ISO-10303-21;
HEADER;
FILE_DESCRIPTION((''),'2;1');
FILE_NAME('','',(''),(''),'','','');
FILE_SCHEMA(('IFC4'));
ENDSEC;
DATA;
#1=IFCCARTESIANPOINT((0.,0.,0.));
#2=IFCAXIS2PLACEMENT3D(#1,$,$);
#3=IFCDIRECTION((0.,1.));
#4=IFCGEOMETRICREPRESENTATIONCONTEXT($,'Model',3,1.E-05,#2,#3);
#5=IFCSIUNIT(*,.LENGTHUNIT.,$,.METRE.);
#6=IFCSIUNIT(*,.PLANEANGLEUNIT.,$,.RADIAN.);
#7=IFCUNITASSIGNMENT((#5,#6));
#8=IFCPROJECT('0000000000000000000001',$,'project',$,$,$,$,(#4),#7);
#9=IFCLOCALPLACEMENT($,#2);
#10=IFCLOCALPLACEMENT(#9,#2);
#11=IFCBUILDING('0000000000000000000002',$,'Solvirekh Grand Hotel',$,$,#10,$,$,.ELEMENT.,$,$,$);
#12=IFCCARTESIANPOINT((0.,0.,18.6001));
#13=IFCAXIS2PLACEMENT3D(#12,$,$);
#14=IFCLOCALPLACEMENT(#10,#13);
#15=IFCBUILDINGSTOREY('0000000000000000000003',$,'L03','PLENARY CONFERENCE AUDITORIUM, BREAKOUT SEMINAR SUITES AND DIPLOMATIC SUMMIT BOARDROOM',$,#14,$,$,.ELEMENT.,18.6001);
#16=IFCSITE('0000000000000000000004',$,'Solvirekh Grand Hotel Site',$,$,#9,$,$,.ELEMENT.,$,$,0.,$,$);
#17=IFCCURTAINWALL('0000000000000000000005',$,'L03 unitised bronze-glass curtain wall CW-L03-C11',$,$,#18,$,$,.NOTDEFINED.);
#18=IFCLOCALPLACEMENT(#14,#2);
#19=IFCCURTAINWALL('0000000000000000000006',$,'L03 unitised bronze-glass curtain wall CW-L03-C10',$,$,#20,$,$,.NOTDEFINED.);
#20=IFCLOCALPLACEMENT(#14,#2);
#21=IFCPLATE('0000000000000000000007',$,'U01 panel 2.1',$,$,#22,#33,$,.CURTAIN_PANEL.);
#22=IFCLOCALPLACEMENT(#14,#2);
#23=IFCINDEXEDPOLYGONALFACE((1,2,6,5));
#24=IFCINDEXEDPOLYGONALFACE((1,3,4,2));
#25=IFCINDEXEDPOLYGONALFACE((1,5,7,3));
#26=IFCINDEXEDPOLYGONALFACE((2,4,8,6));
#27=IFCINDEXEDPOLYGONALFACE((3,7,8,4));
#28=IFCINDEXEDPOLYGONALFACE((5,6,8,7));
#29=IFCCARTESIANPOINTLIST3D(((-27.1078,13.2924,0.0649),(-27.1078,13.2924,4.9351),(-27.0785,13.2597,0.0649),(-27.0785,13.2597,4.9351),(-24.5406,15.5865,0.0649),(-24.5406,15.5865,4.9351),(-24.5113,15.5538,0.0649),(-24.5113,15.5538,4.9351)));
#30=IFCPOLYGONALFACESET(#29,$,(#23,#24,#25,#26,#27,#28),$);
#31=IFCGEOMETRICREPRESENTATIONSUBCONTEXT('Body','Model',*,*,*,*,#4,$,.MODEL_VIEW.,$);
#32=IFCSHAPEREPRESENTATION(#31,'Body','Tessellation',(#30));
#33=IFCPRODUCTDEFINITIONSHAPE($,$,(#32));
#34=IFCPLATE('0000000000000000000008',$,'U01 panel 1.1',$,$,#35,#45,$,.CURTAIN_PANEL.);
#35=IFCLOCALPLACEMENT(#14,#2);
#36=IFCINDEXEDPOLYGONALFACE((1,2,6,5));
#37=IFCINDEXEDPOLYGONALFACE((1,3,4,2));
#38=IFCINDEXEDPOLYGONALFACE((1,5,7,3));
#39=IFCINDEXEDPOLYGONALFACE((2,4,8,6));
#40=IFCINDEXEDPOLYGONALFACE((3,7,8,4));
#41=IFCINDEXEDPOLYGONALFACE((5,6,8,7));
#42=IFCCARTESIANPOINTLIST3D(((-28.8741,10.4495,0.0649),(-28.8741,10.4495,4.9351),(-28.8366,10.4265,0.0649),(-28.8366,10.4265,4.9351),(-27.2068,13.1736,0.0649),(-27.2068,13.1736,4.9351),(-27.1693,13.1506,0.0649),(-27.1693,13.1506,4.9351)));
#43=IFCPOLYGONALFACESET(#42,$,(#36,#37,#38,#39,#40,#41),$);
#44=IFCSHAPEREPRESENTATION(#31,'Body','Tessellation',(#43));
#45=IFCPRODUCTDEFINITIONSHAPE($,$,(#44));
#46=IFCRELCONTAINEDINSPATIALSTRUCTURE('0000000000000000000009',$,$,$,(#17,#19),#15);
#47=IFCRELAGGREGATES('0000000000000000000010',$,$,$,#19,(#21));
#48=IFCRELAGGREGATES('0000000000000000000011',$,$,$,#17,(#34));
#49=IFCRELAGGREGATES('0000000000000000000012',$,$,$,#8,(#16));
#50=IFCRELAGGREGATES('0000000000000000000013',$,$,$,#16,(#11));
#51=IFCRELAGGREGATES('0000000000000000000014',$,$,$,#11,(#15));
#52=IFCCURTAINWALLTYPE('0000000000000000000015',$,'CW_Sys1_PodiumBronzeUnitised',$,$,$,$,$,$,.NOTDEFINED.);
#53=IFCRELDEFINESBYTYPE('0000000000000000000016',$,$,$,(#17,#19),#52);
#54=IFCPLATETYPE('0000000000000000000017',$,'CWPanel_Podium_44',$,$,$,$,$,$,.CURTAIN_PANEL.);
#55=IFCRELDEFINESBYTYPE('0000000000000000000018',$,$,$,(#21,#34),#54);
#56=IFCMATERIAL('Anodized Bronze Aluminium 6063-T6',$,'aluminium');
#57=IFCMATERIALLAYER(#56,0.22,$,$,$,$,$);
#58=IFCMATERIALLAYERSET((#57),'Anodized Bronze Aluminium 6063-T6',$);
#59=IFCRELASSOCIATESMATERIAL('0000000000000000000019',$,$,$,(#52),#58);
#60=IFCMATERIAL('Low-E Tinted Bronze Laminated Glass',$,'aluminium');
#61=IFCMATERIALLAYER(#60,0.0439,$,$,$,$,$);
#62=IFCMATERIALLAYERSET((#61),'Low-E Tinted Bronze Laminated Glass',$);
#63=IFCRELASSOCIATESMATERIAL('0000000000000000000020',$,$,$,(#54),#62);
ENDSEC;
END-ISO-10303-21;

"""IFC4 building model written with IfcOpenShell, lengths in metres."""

from ifc_helpers import new_model, si_unit, direction, frame, origin, origin_2d, place, context, subcontext, project, spatial, rectangle, extrude, source, transform, mapped, material, layer, layer_set, type_object, element, aggregate, save


model = new_model("IFC4")

# Units and contexts
model_context = context("Model", 3, precision=1e-05, world=origin(), true_north=direction((0.0, 1.0)))
body_context = subcontext(model_context, "Body", "Model", "MODEL_VIEW")
ifc_project = project(units=[si_unit("LENGTHUNIT", "METRE"), si_unit("PLANEANGLEUNIT", "RADIAN")], contexts=[model_context])

# Site, building, storey
site_placement = place(None, origin())
site = spatial("IfcSite", under=ifc_project, at=site_placement, Name="Solvirekh Grand Hotel Site", CompositionType="ELEMENT", RefElevation=0.0)
building_placement = place(site_placement, origin())
building = spatial("IfcBuilding", under=site, at=building_placement, Name="Solvirekh Grand Hotel", CompositionType="ELEMENT")
storey_placement = place(building_placement, frame((0.0, 0.0, 18.6001)))
storey = spatial("IfcBuildingStorey", under=building, at=storey_placement, Name="L03", Description="PLENARY CONFERENCE AUDITORIUM, BREAKOUT SEMINAR SUITES AND DIPLOMATIC SUMMIT BOARDROOM", CompositionType="ELEMENT", Elevation=18.6001)

# Curtain wall
ifc_material_1 = material(Name="Anodized Bronze Aluminium 6063-T6", Category="aluminium")
ifc_layer_1 = layer(ifc_material_1, 0.22)
ifc_layer_set_1 = layer_set([ifc_layer_1], Name="Anodized Bronze Aluminium 6063-T6")
curtain_wall_type = type_object("IfcCurtainWallType", Name="CW_Sys1_PodiumBronzeUnitised", PredefinedType="NOTDEFINED", material=ifc_layer_set_1)
curtain_wall_1_placement = place(storey_placement, origin())
curtain_wall_1 = element("IfcCurtainWall", 1, at=curtain_wall_1_placement, inside=storey, type_object=curtain_wall_type, Name="L03 unitised bronze-glass curtain wall CW-L03-C11", PredefinedType="NOTDEFINED")

# Curtain wall
curtain_wall_2_placement = place(storey_placement, origin())
curtain_wall_2 = element("IfcCurtainWall", 2, at=curtain_wall_2_placement, inside=storey, type_object=curtain_wall_type, Name="L03 unitised bronze-glass curtain wall CW-L03-C10", PredefinedType="NOTDEFINED")

# Plates
ifc_material_2 = material(Name="Low-E Tinted Bronze Laminated Glass", Category="aluminium")
ifc_layer_2 = layer(ifc_material_2, 0.0439)
ifc_layer_set_2 = layer_set([ifc_layer_2], Name="Low-E Tinted Bronze Laminated Glass")
plate_type = type_object("IfcPlateType", Name="CWPanel_Podium_44", PredefinedType="CURTAIN_PANEL", material=ifc_layer_set_2)
shared_shape_1 = source(origin(), body_context, "Body", "SweptSolid", [
    extrude(rectangle(XDim=3.4429, YDim=0.0439, at=origin_2d()), origin(), (0.0, 0.0, 1.0), 4.8701),
])
plate_1_placement = place(storey_placement, frame((-25.8096, 14.4231, 0.0649), z_axis=(0.0, 0.0, 1.0), x_axis=(-0.745653, -0.666334, 0.0)))
plate_1 = element("IfcPlate", 3, at=plate_1_placement, type_object=plate_type, Name="U01 panel 2.1", PredefinedType="CURTAIN_PANEL", context=body_context, shape_type="MappedRepresentation", body=[
    mapped(shared_shape_1, transform((0.0, 0.0, 0.0), x_axis=(1.0, 0.0, 0.0), y_axis=(0.0, 1.0, 0.0), z_axis=(0.0, 0.0, 1.0), scale=1.0)),
])
aggregate(curtain_wall_2, [plate_1])
shared_shape_2 = source(origin(), body_context, "Body", "SweptSolid", [
    extrude(rectangle(XDim=3.1938, YDim=0.0439, at=origin_2d()), origin(), (0.0, 0.0, 1.0), 4.8701),
])
plate_2_placement = place(storey_placement, frame((-28.0217, 11.8, 0.0649), z_axis=(0.0, 0.0, 1.0), x_axis=(-0.522037, -0.852923, 0.0)))
plate_2 = element("IfcPlate", 4, at=plate_2_placement, type_object=plate_type, Name="U01 panel 1.1", PredefinedType="CURTAIN_PANEL", context=body_context, shape_type="MappedRepresentation", body=[
    mapped(shared_shape_2, transform((0.0, 0.0, 0.0), x_axis=(1.0, 0.0, 0.0), y_axis=(0.0, 1.0, 0.0), z_axis=(0.0, 0.0, 1.0), scale=1.0)),
])
aggregate(curtain_wall_1, [plate_2])

save(model, "model.ifc")
